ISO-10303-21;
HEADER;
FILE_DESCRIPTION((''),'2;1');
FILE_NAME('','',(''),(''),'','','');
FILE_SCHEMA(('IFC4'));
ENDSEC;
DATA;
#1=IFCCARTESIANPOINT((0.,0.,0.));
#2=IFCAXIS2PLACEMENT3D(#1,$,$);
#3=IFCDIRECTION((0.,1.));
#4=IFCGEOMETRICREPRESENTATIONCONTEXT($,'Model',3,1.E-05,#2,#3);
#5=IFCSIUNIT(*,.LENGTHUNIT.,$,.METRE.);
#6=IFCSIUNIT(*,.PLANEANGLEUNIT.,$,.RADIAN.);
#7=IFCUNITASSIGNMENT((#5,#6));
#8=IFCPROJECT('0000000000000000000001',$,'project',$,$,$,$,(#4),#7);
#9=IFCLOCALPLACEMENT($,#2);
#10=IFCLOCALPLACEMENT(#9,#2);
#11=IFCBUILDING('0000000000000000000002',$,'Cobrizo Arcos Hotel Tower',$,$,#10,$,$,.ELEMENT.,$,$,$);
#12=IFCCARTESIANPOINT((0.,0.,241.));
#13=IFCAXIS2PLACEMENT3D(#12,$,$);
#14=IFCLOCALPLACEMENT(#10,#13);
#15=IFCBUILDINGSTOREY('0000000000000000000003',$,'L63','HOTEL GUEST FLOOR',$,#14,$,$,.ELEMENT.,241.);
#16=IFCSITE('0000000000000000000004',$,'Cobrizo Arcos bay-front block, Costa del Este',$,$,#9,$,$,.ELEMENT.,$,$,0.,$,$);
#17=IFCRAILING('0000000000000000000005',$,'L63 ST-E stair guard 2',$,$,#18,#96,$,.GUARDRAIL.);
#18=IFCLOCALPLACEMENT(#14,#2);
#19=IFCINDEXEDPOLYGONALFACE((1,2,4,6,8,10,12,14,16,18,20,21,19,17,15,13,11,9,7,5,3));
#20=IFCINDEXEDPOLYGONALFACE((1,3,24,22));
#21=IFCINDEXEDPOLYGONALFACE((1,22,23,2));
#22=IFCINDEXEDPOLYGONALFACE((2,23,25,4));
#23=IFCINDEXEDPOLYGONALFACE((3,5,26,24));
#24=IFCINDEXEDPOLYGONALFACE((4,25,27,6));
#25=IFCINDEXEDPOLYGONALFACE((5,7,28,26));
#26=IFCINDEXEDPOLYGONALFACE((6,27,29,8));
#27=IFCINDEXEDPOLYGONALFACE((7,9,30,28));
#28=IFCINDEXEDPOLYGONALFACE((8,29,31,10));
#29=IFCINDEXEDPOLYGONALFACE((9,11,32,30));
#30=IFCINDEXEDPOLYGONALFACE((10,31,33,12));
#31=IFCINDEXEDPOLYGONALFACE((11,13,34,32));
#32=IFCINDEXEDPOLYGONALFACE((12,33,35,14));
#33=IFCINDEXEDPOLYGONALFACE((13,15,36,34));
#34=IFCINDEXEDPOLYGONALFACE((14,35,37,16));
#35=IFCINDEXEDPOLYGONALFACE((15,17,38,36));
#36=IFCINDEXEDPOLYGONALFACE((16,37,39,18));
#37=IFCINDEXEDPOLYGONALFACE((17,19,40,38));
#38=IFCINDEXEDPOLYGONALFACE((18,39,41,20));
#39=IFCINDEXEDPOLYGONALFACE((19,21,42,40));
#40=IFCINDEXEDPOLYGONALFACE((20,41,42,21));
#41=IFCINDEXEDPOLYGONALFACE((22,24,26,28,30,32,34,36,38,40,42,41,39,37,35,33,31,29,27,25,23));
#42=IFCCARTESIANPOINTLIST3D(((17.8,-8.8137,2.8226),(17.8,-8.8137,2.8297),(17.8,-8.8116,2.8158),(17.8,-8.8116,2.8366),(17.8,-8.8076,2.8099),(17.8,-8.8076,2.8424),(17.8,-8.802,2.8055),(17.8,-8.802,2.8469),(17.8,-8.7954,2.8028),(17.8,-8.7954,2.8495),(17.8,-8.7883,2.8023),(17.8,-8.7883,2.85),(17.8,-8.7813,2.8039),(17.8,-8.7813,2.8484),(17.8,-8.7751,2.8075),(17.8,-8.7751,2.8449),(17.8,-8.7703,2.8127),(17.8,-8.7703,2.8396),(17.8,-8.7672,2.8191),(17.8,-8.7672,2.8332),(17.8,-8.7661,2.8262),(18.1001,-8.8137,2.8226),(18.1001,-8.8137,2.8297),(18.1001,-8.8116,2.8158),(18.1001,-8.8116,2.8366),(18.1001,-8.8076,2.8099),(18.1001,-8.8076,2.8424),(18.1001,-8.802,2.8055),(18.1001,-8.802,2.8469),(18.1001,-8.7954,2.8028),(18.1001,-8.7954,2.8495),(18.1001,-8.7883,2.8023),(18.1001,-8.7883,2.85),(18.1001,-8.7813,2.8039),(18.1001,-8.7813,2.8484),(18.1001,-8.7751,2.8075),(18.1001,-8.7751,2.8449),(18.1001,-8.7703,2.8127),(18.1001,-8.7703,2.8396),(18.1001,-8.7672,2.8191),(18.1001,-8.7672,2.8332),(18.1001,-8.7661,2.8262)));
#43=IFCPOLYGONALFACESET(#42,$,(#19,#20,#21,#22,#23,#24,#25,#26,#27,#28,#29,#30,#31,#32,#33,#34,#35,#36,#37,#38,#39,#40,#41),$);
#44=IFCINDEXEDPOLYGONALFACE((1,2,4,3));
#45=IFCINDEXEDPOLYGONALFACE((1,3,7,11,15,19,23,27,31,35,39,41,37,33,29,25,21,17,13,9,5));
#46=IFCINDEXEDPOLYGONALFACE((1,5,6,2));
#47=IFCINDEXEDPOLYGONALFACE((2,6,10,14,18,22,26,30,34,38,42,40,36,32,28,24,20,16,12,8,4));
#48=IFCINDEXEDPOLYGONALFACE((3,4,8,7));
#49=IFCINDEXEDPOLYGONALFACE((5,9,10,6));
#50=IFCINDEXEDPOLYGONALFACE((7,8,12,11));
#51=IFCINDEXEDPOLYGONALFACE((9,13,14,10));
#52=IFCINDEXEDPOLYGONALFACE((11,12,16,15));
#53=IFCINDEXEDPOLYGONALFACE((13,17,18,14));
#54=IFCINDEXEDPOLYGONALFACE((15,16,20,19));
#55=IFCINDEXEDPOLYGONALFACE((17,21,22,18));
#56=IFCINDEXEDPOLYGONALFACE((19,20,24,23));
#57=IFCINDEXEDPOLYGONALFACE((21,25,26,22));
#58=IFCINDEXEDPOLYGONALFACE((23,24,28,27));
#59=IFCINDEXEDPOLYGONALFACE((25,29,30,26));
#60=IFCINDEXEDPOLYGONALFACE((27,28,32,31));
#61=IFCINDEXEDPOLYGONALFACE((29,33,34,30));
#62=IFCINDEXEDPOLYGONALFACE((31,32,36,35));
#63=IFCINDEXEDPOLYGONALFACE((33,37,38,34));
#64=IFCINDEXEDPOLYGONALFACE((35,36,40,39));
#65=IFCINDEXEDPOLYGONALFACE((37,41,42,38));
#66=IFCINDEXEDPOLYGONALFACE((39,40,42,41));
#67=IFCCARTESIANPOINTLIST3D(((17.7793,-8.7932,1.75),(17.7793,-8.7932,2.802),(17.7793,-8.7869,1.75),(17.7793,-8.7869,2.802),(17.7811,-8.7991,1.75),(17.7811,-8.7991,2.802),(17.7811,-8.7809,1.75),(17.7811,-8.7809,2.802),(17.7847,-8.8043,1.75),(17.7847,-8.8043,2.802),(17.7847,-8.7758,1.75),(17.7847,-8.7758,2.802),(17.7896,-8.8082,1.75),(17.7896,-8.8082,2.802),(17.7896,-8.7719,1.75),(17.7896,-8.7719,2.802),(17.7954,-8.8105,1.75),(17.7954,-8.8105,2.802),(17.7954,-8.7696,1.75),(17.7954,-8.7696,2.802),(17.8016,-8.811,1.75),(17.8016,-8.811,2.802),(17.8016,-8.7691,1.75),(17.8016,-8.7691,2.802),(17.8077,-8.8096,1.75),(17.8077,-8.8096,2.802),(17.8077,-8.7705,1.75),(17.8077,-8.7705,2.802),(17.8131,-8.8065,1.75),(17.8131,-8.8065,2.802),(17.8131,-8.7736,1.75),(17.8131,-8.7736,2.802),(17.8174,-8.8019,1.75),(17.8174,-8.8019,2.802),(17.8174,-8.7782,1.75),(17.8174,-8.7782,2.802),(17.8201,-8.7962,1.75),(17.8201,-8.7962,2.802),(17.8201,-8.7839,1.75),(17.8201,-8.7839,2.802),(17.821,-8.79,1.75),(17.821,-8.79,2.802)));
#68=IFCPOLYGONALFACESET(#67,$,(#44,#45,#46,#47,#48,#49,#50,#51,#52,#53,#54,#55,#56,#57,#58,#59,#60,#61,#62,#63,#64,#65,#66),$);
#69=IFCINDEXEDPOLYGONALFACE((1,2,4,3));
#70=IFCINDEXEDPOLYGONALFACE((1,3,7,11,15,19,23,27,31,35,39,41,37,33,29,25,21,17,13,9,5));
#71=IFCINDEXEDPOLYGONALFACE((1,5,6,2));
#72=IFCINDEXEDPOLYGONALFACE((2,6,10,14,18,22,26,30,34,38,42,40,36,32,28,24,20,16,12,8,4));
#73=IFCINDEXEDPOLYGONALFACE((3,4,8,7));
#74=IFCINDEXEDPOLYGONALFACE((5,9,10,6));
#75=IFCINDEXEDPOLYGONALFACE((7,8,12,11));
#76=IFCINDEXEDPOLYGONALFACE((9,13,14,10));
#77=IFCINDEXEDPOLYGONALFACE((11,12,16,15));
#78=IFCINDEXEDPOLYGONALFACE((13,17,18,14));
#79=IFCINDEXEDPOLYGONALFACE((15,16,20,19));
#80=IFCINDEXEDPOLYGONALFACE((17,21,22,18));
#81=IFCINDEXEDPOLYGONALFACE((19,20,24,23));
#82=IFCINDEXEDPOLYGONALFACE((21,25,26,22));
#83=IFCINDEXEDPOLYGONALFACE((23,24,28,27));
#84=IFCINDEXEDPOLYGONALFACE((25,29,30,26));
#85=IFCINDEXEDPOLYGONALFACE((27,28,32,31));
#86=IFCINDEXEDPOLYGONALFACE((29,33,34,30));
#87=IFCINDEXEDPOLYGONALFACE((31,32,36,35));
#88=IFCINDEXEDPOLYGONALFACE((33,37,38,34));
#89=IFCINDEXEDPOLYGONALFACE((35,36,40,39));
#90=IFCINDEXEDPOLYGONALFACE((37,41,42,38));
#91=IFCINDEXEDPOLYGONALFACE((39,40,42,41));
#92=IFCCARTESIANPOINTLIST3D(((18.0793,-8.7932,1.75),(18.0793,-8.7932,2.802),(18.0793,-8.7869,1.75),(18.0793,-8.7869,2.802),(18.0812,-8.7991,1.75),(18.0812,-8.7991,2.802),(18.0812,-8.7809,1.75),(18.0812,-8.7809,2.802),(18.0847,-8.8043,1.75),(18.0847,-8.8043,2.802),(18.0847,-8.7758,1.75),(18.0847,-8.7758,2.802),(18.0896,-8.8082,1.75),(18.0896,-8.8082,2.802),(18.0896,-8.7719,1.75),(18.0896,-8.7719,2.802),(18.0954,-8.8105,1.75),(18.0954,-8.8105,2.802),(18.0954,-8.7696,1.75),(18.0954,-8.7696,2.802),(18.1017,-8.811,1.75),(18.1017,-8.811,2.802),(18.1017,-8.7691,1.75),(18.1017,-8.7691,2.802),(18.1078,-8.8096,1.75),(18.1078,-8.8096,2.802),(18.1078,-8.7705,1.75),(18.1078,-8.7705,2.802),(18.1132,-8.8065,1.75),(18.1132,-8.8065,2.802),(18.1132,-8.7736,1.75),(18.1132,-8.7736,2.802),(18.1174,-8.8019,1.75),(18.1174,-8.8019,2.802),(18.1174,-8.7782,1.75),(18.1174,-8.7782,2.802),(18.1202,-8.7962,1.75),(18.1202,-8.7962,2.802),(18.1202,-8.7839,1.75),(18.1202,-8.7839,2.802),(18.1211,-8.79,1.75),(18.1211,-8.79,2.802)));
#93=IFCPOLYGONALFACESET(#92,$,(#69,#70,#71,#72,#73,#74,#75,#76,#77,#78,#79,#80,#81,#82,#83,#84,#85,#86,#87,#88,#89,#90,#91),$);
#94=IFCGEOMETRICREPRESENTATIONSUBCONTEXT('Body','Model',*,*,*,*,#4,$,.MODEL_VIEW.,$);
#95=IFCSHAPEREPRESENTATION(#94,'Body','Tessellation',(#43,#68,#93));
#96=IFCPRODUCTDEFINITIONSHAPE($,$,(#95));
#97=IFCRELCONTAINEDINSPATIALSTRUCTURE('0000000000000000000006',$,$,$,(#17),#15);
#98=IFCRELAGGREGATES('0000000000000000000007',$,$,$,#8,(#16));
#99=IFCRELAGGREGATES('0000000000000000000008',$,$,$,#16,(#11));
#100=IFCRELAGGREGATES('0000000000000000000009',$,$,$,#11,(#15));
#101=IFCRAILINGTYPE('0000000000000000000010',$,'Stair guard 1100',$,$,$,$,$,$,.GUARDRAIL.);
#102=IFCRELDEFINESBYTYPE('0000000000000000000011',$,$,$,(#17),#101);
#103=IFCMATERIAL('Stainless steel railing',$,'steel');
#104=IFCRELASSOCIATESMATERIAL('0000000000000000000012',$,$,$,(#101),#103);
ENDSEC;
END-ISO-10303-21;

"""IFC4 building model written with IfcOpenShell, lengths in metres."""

from ifc_helpers import new_model, si_unit, direction, frame, origin, origin_2d, place, context, subcontext, project, spatial, circle, extrude, material, type_object, element, save


model = new_model("IFC4")

# Units and contexts
model_context = context("Model", 3, precision=1e-05, world=origin(), true_north=direction((0.0, 1.0)))
body_context = subcontext(model_context, "Body", "Model", "MODEL_VIEW")
ifc_project = project(units=[si_unit("LENGTHUNIT", "METRE"), si_unit("PLANEANGLEUNIT", "RADIAN")], contexts=[model_context])

# Site, building, storey
site_placement = place(None, origin())
site = spatial("IfcSite", under=ifc_project, at=site_placement, Name="Cobrizo Arcos bay-front block, Costa del Este", CompositionType="ELEMENT", RefElevation=0.0)
building_placement = place(site_placement, origin())
building = spatial("IfcBuilding", under=site, at=building_placement, Name="Cobrizo Arcos Hotel Tower", CompositionType="ELEMENT")
storey_placement = place(building_placement, frame((0.0, 0.0, 241.0)))
storey = spatial("IfcBuildingStorey", under=building, at=storey_placement, Name="L63", Description="HOTEL GUEST FLOOR", CompositionType="ELEMENT", Elevation=241.0)

# Railing
ifc_material_1 = material(Name="Stainless steel railing", Category="steel")
railing_type_1 = type_object("IfcRailingType", Name="Stair guard 1100", PredefinedType="GUARDRAIL", material=ifc_material_1)
railing_1_placement = place(storey_placement, frame((17.8, -8.79, 1.75)))
element("IfcRailing", 1, at=railing_1_placement, inside=storey, type_object=railing_type_1, Name="L63 ST-E stair guard 2", PredefinedType="GUARDRAIL", context=body_context, shape_type="SweptSolid", body=[
    extrude(circle(Radius=0.0239, at=origin_2d()), frame((0.0, 0.0, 1.0762), z_axis=(1.0, 0.0, 0.0), x_axis=(0.0, 1.0, 0.0)), (0.0, 0.0, 1.0), 0.3),
    extrude(circle(Radius=0.021, at=origin_2d()), origin(), (0.0, 0.0, 1.0), 1.052),
    extrude(circle(Radius=0.021, at=origin_2d()), frame((0.3, 0.0, 0.0)), (0.0, 0.0, 1.0), 1.052),
])

save(model, "model.ifc")
